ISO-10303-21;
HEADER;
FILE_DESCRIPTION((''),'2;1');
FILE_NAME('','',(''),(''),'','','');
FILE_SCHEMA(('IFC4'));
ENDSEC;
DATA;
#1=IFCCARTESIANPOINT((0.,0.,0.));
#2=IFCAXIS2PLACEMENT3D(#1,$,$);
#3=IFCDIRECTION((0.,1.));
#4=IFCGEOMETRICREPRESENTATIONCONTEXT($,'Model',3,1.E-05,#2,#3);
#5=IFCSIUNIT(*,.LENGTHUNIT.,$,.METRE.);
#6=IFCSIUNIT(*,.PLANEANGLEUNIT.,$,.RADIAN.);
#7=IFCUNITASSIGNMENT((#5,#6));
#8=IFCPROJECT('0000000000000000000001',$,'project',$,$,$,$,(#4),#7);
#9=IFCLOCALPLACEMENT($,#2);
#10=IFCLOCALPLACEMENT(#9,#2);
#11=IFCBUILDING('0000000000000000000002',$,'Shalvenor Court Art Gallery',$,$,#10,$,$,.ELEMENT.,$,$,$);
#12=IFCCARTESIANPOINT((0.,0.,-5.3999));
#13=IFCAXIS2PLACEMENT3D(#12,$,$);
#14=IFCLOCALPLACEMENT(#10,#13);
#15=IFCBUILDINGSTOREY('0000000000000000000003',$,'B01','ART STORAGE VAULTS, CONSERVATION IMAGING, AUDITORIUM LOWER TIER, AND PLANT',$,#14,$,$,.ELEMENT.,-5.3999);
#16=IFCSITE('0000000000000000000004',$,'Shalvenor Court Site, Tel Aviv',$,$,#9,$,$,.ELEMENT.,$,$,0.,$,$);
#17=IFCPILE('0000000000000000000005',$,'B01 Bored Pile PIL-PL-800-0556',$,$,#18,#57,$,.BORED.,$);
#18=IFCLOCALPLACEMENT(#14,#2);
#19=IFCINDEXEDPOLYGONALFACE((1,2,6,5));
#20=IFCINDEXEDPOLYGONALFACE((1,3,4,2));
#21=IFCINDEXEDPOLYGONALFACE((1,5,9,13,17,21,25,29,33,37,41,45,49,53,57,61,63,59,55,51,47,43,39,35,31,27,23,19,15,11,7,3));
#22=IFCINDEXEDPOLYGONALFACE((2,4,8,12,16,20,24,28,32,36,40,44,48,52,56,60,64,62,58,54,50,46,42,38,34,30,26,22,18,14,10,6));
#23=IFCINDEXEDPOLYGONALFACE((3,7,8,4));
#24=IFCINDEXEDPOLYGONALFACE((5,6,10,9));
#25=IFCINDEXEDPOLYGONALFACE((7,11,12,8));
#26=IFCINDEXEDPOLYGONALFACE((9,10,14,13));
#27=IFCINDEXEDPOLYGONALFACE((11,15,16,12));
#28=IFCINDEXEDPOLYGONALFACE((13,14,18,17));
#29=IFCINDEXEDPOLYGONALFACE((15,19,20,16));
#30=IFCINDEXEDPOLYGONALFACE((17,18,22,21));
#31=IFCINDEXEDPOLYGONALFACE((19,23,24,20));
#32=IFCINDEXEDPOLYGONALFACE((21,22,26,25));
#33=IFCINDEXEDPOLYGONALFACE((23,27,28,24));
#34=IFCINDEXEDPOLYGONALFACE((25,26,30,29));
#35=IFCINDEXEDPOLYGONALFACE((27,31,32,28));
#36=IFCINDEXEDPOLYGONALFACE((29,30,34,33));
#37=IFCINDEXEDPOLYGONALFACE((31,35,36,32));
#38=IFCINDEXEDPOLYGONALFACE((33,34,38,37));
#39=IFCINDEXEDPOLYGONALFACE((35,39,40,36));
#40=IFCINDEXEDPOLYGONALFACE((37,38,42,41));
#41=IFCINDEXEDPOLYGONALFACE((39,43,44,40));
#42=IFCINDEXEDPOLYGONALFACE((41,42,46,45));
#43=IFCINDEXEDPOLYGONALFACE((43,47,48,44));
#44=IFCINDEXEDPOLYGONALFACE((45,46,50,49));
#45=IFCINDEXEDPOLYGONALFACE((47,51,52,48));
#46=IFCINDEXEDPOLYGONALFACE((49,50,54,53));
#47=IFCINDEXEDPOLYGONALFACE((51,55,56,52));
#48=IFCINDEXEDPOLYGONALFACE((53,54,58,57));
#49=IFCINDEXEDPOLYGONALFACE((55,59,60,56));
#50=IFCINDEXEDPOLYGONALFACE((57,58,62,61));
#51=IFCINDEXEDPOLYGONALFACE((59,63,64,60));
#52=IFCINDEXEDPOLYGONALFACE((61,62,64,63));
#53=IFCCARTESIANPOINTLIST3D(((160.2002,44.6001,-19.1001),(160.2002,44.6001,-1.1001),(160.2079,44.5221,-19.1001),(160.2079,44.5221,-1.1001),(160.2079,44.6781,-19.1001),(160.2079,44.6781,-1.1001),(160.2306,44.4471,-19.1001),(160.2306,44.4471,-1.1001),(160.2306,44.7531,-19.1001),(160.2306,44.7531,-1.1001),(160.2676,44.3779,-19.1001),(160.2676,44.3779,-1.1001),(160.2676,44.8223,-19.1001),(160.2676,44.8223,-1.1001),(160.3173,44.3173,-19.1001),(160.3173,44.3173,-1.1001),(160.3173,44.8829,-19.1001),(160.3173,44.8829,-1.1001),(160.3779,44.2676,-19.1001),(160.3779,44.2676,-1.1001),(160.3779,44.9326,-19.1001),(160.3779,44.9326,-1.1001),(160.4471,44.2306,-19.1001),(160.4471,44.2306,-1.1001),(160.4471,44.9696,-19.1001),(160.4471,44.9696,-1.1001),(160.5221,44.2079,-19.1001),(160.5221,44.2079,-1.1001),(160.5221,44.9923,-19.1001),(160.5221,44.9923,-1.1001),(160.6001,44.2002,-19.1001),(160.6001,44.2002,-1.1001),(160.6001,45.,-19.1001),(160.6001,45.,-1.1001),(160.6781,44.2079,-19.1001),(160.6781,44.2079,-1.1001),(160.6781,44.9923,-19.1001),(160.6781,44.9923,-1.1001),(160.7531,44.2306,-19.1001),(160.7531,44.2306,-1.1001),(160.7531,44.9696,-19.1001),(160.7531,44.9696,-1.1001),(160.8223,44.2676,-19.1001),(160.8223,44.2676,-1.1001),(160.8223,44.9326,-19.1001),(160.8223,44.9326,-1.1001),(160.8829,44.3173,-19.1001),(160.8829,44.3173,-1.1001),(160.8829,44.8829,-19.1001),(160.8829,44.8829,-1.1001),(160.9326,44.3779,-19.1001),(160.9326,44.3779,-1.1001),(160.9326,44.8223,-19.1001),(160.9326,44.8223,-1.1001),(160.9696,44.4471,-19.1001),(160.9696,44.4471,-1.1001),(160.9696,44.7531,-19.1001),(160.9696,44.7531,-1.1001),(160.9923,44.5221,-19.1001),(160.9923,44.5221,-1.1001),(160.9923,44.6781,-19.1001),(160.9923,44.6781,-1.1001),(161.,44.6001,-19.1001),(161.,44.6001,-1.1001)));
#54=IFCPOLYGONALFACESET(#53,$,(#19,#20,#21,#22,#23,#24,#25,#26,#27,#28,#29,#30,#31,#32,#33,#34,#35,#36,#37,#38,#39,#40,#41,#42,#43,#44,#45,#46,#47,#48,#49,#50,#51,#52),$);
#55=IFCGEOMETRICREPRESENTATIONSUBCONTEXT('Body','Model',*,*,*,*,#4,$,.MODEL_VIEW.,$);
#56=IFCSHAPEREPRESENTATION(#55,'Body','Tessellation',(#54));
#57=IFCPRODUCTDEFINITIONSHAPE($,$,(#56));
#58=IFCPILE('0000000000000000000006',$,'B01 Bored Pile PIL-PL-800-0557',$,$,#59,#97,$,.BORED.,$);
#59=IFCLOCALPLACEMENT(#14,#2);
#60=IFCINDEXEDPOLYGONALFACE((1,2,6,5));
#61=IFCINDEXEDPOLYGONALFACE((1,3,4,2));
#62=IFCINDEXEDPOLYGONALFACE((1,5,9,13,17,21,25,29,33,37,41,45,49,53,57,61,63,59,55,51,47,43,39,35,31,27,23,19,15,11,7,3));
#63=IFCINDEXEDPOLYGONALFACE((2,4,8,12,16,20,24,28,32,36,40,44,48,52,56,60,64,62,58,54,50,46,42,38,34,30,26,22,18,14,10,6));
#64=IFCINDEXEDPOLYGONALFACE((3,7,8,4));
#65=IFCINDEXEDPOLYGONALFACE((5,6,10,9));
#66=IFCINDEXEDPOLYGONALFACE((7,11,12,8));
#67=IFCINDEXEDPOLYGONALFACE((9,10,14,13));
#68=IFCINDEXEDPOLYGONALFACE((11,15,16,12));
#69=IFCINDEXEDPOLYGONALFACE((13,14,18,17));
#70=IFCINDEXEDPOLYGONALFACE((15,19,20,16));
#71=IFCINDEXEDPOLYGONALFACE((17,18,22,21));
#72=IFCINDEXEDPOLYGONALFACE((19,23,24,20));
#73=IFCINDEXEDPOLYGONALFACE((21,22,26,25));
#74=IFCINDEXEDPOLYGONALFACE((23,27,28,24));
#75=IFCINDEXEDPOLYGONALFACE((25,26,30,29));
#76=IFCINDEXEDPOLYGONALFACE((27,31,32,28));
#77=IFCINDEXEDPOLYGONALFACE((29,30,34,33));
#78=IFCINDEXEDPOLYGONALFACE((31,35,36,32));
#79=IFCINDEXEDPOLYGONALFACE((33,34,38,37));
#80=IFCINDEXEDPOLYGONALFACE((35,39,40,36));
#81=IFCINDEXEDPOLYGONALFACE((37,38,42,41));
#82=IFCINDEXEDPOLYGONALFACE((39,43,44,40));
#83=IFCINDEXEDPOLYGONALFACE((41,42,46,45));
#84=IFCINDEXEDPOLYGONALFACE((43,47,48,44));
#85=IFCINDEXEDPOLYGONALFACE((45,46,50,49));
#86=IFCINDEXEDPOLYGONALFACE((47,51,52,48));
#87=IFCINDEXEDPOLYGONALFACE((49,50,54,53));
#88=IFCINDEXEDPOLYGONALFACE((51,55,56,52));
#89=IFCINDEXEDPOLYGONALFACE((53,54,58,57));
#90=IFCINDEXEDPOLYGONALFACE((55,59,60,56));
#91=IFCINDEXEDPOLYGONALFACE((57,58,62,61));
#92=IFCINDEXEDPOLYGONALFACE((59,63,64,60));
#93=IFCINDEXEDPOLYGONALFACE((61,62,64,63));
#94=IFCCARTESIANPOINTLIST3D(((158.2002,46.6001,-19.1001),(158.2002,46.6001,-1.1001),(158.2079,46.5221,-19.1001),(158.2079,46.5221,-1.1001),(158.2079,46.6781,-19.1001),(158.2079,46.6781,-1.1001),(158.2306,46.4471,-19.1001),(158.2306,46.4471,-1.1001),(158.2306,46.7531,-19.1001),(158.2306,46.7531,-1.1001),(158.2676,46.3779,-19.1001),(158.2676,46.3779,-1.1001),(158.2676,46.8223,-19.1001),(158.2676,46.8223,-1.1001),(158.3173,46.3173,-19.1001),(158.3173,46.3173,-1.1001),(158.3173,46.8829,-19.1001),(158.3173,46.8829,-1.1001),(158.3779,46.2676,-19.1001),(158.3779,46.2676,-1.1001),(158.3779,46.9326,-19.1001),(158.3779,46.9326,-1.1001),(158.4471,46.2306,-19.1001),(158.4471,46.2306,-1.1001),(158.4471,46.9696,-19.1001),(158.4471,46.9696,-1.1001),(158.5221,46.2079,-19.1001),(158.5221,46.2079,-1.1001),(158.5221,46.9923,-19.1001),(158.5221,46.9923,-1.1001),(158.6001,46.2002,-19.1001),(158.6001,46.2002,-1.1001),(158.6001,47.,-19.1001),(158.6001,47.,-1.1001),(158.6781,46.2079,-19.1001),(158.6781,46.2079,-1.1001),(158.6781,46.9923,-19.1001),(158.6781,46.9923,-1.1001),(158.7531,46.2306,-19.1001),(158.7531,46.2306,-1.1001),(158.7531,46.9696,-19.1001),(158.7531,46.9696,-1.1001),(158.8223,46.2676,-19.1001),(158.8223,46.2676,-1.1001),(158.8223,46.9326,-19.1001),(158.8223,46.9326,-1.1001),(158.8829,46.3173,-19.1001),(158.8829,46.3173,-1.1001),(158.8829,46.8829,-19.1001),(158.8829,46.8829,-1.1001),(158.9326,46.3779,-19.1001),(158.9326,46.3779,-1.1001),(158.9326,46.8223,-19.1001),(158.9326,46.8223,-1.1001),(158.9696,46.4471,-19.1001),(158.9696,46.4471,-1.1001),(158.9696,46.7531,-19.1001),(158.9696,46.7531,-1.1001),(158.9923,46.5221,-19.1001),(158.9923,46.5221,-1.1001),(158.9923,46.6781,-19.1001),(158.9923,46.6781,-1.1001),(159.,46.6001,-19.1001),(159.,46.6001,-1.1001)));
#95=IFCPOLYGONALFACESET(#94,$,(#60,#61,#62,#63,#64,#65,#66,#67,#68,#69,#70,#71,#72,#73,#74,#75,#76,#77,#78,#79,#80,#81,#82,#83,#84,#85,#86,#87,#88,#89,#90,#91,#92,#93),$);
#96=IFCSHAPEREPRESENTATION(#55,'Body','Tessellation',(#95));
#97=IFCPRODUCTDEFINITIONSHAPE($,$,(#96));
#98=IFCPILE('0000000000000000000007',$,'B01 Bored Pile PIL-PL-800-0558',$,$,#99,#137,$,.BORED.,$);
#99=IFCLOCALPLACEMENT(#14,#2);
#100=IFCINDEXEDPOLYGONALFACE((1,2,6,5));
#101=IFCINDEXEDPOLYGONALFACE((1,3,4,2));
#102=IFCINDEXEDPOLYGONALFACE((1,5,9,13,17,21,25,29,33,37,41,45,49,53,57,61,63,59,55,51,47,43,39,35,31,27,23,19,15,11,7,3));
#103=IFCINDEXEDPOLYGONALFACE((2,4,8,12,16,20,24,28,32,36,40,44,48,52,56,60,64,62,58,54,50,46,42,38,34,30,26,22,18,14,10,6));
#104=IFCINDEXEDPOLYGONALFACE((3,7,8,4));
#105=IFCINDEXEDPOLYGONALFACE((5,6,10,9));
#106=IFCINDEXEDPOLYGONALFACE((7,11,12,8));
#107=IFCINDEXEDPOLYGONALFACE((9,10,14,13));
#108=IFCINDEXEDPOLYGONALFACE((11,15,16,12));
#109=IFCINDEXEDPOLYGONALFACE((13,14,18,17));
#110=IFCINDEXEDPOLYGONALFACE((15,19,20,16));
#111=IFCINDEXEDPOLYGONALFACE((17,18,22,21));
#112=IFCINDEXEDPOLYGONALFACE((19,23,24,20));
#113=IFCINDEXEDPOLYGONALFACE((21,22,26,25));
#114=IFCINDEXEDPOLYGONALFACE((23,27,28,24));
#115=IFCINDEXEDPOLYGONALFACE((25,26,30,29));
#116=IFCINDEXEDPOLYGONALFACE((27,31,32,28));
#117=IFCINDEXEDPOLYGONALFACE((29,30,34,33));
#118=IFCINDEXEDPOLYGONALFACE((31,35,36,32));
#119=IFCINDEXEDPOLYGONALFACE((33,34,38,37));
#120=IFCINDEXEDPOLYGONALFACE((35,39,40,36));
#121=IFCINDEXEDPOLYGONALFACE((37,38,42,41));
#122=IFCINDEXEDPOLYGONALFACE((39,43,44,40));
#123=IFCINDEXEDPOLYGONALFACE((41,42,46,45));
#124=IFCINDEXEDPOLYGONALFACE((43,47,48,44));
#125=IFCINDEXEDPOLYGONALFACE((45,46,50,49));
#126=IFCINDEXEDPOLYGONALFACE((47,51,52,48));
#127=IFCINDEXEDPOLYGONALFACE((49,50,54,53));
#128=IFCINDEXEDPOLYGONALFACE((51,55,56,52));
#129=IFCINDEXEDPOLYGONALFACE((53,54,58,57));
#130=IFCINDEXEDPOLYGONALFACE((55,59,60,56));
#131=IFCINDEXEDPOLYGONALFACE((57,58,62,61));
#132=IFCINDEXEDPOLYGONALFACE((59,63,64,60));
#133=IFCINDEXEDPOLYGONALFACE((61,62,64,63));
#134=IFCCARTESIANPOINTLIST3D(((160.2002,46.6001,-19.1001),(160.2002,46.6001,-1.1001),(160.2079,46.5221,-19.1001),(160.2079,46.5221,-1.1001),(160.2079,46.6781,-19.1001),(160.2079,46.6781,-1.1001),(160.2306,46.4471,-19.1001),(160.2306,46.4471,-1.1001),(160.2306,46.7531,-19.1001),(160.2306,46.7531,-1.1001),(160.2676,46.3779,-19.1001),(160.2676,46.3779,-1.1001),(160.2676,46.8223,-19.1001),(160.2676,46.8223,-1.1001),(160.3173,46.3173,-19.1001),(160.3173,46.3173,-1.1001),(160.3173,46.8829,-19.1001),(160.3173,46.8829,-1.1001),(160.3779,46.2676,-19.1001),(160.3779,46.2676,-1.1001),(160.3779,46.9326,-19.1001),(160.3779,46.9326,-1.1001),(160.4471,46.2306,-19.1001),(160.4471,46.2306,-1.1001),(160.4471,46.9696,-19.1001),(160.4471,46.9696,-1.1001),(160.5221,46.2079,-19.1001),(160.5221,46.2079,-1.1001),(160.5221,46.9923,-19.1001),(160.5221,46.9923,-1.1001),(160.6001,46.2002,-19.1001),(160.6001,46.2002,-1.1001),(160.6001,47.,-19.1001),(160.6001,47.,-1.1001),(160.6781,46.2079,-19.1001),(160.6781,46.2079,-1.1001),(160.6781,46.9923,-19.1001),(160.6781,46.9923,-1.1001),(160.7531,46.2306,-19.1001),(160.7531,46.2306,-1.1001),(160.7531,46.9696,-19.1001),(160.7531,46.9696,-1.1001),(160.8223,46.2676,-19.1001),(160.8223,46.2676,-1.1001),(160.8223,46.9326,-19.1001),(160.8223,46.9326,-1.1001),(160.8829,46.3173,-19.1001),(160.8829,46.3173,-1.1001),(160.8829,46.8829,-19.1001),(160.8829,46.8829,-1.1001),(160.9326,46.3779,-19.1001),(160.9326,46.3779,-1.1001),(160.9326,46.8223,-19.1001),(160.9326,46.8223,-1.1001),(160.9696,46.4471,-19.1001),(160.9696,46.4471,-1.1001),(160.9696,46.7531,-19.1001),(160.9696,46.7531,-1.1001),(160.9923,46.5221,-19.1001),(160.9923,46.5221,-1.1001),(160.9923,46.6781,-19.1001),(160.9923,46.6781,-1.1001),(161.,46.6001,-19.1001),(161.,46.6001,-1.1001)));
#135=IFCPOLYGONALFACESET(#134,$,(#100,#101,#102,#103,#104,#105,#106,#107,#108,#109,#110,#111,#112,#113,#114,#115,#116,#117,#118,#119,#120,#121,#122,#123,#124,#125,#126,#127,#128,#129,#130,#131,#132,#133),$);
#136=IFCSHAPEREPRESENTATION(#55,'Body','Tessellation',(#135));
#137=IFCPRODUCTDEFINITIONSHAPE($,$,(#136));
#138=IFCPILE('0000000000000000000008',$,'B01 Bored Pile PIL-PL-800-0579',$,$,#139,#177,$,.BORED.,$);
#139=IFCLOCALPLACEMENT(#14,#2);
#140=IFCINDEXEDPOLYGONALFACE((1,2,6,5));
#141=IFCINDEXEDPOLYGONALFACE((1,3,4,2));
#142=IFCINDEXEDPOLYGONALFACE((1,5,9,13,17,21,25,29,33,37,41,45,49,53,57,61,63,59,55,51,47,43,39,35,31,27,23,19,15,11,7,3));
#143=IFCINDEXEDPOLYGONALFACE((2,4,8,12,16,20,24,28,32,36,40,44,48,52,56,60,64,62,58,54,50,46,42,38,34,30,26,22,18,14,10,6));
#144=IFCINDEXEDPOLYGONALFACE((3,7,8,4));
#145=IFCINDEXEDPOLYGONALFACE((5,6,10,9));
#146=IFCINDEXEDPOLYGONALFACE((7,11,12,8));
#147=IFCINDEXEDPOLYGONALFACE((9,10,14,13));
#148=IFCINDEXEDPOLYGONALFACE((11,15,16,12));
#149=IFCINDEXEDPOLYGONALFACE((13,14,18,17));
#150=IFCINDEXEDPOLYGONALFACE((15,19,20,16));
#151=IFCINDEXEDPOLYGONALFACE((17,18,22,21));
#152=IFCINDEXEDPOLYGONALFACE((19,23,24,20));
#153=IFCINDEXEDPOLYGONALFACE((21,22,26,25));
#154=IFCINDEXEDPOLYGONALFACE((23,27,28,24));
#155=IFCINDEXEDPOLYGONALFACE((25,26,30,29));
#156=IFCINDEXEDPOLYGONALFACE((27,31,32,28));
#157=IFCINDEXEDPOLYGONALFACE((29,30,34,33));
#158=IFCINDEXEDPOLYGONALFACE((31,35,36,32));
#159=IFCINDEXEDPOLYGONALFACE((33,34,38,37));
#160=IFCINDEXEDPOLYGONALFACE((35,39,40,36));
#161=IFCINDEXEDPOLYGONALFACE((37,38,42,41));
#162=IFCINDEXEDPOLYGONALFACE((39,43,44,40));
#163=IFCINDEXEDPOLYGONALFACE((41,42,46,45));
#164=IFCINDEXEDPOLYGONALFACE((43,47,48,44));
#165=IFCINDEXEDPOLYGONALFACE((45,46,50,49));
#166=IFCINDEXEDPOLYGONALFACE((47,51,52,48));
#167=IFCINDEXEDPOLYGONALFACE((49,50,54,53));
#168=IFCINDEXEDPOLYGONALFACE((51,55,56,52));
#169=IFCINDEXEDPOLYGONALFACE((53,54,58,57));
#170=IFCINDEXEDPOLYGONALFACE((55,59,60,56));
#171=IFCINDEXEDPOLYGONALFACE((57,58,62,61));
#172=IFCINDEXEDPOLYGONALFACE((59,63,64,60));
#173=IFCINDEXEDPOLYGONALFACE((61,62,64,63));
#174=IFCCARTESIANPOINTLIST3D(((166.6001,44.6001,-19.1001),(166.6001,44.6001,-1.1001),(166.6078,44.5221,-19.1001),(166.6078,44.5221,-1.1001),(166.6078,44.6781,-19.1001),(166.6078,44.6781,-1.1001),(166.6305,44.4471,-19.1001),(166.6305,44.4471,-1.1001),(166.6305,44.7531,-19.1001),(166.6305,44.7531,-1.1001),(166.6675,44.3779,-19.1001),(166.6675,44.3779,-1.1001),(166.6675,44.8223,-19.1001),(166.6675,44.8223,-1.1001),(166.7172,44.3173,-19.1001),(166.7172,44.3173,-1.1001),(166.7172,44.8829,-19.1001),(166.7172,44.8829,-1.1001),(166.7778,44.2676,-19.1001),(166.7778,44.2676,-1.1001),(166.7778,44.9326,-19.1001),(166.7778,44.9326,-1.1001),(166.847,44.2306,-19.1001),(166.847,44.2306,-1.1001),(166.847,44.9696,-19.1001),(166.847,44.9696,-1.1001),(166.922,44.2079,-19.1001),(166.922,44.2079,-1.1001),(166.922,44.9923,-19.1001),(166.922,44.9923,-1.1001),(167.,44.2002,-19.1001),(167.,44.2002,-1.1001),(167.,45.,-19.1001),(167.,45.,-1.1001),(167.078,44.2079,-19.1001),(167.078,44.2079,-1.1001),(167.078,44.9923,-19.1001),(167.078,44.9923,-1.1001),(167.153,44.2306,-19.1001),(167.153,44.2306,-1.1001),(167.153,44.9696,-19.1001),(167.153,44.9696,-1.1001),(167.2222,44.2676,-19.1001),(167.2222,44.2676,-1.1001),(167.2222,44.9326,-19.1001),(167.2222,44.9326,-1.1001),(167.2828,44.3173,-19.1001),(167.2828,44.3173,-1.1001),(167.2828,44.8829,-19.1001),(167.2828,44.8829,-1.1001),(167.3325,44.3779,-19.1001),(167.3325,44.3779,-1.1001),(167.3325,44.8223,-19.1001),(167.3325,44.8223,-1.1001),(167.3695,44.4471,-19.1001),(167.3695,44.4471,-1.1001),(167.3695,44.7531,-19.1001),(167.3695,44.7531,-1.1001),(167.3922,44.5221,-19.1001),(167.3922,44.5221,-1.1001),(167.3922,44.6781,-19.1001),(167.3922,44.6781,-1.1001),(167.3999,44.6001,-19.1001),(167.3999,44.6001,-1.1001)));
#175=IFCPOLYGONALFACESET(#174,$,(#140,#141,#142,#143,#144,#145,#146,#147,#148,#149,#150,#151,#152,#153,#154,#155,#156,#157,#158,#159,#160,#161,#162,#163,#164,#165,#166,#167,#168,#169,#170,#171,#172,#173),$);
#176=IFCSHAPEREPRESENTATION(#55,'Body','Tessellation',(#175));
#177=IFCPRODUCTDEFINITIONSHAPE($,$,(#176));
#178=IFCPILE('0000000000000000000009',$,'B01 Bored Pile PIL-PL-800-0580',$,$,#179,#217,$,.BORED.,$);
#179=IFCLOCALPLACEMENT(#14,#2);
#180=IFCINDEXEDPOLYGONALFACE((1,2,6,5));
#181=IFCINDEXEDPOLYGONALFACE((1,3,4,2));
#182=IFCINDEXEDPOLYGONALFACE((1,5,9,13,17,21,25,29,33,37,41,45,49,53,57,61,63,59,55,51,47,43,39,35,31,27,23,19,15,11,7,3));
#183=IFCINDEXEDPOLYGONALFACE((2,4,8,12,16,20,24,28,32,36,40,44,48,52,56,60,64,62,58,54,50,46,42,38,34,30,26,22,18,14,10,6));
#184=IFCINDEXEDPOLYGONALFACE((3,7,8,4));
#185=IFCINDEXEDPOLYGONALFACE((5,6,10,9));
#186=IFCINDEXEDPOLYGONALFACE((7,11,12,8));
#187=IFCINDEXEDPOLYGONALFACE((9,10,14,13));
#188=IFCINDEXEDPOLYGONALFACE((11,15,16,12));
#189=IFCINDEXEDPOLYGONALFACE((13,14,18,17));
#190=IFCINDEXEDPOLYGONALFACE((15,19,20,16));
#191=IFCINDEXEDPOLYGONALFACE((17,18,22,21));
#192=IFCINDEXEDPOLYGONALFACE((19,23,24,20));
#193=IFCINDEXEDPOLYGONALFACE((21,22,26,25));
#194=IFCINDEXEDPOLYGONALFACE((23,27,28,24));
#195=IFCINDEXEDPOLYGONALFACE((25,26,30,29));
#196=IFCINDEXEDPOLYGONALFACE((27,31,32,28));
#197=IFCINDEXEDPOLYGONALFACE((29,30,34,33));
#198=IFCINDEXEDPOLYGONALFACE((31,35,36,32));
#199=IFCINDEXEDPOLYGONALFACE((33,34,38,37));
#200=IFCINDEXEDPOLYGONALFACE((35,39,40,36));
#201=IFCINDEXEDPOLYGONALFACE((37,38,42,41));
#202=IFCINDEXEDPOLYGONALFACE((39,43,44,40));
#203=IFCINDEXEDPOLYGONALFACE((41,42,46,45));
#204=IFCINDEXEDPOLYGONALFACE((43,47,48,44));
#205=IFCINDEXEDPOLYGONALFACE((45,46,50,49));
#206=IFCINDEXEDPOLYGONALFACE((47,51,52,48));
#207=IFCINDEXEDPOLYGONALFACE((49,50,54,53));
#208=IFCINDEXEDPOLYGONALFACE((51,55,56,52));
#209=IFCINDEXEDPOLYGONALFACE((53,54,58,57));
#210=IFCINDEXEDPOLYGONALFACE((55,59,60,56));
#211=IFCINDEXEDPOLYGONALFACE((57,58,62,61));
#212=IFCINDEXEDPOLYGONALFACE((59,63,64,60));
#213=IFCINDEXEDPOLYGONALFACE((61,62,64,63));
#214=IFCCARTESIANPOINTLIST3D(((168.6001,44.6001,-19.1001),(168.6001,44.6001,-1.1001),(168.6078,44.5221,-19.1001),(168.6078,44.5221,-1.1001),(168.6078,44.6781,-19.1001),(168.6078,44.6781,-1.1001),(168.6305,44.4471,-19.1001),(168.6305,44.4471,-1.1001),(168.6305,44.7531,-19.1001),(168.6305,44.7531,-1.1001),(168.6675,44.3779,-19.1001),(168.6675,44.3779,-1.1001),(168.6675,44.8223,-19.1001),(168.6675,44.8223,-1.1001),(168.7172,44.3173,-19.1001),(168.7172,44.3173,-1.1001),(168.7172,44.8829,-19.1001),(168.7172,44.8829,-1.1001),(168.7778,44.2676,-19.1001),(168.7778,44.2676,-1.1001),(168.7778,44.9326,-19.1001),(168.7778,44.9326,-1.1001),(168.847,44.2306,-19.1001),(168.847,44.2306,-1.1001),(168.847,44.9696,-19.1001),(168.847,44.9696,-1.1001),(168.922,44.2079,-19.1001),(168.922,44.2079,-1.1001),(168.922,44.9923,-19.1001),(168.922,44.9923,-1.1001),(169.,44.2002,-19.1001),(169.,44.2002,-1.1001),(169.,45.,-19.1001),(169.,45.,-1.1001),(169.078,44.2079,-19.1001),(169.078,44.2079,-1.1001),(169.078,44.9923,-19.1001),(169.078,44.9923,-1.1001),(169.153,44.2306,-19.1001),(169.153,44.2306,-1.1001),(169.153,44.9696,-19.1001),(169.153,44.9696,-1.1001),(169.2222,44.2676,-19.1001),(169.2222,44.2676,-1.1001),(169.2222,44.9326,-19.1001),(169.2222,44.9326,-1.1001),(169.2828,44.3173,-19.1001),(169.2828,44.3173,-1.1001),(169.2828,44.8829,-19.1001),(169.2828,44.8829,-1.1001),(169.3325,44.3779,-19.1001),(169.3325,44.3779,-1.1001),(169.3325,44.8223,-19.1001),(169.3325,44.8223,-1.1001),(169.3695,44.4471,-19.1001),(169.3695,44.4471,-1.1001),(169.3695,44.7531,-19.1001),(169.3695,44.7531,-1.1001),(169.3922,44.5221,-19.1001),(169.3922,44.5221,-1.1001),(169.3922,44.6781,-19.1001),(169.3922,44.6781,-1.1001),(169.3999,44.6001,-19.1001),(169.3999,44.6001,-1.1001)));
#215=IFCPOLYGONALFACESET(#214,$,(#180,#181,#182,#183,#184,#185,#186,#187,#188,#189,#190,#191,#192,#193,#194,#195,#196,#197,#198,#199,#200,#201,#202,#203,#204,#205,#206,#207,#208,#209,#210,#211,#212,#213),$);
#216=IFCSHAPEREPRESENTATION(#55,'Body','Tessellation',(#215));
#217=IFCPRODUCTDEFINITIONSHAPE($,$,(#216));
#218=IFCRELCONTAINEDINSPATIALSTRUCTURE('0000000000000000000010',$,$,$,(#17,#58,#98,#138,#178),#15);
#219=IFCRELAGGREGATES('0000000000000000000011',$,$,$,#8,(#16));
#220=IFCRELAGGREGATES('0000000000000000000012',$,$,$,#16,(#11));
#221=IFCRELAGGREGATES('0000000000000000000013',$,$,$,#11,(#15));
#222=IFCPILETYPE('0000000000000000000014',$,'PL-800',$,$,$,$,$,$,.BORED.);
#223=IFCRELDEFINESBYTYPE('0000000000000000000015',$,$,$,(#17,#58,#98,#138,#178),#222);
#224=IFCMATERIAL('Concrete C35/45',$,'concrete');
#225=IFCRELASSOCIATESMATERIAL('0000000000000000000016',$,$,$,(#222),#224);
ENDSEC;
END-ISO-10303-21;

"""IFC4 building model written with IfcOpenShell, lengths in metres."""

from ifc_helpers import new_model, si_unit, direction, frame, origin, origin_2d, place, context, subcontext, project, spatial, circle, extrude, material, material_profile, profile_set, type_object, element, save


model = new_model("IFC4")

# Units and contexts
model_context = context("Model", 3, precision=1e-05, world=origin(), true_north=direction((0.0, 1.0)))
body_context = subcontext(model_context, "Body", "Model", "MODEL_VIEW")
ifc_project = project(units=[si_unit("LENGTHUNIT", "METRE"), si_unit("PLANEANGLEUNIT", "RADIAN")], contexts=[model_context])

# Site, building, storey
site_placement = place(None, origin())
site = spatial("IfcSite", under=ifc_project, at=site_placement, Name="Shalvenor Court Site, Tel Aviv", CompositionType="ELEMENT", RefElevation=0.0)
building_placement = place(site_placement, origin())
building = spatial("IfcBuilding", under=site, at=building_placement, Name="Shalvenor Court Art Gallery", CompositionType="ELEMENT")
storey_placement = place(building_placement, frame((0.0, 0.0, -5.3999)))
storey = spatial("IfcBuildingStorey", under=building, at=storey_placement, Name="B01", Description="ART STORAGE VAULTS, CONSERVATION IMAGING, AUDITORIUM LOWER TIER, AND PLANT", CompositionType="ELEMENT", Elevation=-5.3999)

# Piles
ifc_material_1 = material(Name="Concrete C35/45", Category="concrete")
ifc_material_profile_1 = material_profile(ifc_material_1, circle(Radius=0.3999, at=origin_2d()), Name="PILE 800")
ifc_profile_set_1 = profile_set([ifc_material_profile_1], Name="Concrete C35/45")
pile_type = type_object("IfcPileType", Name="PL-800", PredefinedType="BORED", material=ifc_profile_set_1)
for number, where, z_axis, x_axis, name in (
    (1, (160.6001, 44.6001, -1.1001), (0.0, 0.0, -1.0), (1.0, 0.0, 0.0), "B01 Bored Pile PIL-PL-800-0556"),
    (2, (158.6001, 46.6001, -1.1001), (0.0, 0.0, -1.0), (1.0, 0.0, 0.0), "B01 Bored Pile PIL-PL-800-0557"),
    (3, (160.6001, 46.6001, -1.1001), (0.0, 0.0, -1.0), (1.0, 0.0, 0.0), "B01 Bored Pile PIL-PL-800-0558"),
    (4, (167.0, 44.6001, -1.1001), (0.0, 0.0, -1.0), (1.0, 0.0, 0.0), "B01 Bored Pile PIL-PL-800-0579"),
    (5, (169.0, 44.6001, -1.1001), (0.0, 0.0, -1.0), (1.0, 0.0, 0.0), "B01 Bored Pile PIL-PL-800-0580"),
):
    element("IfcPile", number, at=place(storey_placement, frame(where, z_axis=z_axis, x_axis=x_axis)), inside=storey, type_object=pile_type, Name=name, PredefinedType="BORED", context=body_context, shape_type="SweptSolid", body=[
        extrude(circle(Radius=0.3999, at=origin_2d()), origin(), (0.0, 0.0, 1.0), 18.0),
    ])

save(model, "model.ifc")
